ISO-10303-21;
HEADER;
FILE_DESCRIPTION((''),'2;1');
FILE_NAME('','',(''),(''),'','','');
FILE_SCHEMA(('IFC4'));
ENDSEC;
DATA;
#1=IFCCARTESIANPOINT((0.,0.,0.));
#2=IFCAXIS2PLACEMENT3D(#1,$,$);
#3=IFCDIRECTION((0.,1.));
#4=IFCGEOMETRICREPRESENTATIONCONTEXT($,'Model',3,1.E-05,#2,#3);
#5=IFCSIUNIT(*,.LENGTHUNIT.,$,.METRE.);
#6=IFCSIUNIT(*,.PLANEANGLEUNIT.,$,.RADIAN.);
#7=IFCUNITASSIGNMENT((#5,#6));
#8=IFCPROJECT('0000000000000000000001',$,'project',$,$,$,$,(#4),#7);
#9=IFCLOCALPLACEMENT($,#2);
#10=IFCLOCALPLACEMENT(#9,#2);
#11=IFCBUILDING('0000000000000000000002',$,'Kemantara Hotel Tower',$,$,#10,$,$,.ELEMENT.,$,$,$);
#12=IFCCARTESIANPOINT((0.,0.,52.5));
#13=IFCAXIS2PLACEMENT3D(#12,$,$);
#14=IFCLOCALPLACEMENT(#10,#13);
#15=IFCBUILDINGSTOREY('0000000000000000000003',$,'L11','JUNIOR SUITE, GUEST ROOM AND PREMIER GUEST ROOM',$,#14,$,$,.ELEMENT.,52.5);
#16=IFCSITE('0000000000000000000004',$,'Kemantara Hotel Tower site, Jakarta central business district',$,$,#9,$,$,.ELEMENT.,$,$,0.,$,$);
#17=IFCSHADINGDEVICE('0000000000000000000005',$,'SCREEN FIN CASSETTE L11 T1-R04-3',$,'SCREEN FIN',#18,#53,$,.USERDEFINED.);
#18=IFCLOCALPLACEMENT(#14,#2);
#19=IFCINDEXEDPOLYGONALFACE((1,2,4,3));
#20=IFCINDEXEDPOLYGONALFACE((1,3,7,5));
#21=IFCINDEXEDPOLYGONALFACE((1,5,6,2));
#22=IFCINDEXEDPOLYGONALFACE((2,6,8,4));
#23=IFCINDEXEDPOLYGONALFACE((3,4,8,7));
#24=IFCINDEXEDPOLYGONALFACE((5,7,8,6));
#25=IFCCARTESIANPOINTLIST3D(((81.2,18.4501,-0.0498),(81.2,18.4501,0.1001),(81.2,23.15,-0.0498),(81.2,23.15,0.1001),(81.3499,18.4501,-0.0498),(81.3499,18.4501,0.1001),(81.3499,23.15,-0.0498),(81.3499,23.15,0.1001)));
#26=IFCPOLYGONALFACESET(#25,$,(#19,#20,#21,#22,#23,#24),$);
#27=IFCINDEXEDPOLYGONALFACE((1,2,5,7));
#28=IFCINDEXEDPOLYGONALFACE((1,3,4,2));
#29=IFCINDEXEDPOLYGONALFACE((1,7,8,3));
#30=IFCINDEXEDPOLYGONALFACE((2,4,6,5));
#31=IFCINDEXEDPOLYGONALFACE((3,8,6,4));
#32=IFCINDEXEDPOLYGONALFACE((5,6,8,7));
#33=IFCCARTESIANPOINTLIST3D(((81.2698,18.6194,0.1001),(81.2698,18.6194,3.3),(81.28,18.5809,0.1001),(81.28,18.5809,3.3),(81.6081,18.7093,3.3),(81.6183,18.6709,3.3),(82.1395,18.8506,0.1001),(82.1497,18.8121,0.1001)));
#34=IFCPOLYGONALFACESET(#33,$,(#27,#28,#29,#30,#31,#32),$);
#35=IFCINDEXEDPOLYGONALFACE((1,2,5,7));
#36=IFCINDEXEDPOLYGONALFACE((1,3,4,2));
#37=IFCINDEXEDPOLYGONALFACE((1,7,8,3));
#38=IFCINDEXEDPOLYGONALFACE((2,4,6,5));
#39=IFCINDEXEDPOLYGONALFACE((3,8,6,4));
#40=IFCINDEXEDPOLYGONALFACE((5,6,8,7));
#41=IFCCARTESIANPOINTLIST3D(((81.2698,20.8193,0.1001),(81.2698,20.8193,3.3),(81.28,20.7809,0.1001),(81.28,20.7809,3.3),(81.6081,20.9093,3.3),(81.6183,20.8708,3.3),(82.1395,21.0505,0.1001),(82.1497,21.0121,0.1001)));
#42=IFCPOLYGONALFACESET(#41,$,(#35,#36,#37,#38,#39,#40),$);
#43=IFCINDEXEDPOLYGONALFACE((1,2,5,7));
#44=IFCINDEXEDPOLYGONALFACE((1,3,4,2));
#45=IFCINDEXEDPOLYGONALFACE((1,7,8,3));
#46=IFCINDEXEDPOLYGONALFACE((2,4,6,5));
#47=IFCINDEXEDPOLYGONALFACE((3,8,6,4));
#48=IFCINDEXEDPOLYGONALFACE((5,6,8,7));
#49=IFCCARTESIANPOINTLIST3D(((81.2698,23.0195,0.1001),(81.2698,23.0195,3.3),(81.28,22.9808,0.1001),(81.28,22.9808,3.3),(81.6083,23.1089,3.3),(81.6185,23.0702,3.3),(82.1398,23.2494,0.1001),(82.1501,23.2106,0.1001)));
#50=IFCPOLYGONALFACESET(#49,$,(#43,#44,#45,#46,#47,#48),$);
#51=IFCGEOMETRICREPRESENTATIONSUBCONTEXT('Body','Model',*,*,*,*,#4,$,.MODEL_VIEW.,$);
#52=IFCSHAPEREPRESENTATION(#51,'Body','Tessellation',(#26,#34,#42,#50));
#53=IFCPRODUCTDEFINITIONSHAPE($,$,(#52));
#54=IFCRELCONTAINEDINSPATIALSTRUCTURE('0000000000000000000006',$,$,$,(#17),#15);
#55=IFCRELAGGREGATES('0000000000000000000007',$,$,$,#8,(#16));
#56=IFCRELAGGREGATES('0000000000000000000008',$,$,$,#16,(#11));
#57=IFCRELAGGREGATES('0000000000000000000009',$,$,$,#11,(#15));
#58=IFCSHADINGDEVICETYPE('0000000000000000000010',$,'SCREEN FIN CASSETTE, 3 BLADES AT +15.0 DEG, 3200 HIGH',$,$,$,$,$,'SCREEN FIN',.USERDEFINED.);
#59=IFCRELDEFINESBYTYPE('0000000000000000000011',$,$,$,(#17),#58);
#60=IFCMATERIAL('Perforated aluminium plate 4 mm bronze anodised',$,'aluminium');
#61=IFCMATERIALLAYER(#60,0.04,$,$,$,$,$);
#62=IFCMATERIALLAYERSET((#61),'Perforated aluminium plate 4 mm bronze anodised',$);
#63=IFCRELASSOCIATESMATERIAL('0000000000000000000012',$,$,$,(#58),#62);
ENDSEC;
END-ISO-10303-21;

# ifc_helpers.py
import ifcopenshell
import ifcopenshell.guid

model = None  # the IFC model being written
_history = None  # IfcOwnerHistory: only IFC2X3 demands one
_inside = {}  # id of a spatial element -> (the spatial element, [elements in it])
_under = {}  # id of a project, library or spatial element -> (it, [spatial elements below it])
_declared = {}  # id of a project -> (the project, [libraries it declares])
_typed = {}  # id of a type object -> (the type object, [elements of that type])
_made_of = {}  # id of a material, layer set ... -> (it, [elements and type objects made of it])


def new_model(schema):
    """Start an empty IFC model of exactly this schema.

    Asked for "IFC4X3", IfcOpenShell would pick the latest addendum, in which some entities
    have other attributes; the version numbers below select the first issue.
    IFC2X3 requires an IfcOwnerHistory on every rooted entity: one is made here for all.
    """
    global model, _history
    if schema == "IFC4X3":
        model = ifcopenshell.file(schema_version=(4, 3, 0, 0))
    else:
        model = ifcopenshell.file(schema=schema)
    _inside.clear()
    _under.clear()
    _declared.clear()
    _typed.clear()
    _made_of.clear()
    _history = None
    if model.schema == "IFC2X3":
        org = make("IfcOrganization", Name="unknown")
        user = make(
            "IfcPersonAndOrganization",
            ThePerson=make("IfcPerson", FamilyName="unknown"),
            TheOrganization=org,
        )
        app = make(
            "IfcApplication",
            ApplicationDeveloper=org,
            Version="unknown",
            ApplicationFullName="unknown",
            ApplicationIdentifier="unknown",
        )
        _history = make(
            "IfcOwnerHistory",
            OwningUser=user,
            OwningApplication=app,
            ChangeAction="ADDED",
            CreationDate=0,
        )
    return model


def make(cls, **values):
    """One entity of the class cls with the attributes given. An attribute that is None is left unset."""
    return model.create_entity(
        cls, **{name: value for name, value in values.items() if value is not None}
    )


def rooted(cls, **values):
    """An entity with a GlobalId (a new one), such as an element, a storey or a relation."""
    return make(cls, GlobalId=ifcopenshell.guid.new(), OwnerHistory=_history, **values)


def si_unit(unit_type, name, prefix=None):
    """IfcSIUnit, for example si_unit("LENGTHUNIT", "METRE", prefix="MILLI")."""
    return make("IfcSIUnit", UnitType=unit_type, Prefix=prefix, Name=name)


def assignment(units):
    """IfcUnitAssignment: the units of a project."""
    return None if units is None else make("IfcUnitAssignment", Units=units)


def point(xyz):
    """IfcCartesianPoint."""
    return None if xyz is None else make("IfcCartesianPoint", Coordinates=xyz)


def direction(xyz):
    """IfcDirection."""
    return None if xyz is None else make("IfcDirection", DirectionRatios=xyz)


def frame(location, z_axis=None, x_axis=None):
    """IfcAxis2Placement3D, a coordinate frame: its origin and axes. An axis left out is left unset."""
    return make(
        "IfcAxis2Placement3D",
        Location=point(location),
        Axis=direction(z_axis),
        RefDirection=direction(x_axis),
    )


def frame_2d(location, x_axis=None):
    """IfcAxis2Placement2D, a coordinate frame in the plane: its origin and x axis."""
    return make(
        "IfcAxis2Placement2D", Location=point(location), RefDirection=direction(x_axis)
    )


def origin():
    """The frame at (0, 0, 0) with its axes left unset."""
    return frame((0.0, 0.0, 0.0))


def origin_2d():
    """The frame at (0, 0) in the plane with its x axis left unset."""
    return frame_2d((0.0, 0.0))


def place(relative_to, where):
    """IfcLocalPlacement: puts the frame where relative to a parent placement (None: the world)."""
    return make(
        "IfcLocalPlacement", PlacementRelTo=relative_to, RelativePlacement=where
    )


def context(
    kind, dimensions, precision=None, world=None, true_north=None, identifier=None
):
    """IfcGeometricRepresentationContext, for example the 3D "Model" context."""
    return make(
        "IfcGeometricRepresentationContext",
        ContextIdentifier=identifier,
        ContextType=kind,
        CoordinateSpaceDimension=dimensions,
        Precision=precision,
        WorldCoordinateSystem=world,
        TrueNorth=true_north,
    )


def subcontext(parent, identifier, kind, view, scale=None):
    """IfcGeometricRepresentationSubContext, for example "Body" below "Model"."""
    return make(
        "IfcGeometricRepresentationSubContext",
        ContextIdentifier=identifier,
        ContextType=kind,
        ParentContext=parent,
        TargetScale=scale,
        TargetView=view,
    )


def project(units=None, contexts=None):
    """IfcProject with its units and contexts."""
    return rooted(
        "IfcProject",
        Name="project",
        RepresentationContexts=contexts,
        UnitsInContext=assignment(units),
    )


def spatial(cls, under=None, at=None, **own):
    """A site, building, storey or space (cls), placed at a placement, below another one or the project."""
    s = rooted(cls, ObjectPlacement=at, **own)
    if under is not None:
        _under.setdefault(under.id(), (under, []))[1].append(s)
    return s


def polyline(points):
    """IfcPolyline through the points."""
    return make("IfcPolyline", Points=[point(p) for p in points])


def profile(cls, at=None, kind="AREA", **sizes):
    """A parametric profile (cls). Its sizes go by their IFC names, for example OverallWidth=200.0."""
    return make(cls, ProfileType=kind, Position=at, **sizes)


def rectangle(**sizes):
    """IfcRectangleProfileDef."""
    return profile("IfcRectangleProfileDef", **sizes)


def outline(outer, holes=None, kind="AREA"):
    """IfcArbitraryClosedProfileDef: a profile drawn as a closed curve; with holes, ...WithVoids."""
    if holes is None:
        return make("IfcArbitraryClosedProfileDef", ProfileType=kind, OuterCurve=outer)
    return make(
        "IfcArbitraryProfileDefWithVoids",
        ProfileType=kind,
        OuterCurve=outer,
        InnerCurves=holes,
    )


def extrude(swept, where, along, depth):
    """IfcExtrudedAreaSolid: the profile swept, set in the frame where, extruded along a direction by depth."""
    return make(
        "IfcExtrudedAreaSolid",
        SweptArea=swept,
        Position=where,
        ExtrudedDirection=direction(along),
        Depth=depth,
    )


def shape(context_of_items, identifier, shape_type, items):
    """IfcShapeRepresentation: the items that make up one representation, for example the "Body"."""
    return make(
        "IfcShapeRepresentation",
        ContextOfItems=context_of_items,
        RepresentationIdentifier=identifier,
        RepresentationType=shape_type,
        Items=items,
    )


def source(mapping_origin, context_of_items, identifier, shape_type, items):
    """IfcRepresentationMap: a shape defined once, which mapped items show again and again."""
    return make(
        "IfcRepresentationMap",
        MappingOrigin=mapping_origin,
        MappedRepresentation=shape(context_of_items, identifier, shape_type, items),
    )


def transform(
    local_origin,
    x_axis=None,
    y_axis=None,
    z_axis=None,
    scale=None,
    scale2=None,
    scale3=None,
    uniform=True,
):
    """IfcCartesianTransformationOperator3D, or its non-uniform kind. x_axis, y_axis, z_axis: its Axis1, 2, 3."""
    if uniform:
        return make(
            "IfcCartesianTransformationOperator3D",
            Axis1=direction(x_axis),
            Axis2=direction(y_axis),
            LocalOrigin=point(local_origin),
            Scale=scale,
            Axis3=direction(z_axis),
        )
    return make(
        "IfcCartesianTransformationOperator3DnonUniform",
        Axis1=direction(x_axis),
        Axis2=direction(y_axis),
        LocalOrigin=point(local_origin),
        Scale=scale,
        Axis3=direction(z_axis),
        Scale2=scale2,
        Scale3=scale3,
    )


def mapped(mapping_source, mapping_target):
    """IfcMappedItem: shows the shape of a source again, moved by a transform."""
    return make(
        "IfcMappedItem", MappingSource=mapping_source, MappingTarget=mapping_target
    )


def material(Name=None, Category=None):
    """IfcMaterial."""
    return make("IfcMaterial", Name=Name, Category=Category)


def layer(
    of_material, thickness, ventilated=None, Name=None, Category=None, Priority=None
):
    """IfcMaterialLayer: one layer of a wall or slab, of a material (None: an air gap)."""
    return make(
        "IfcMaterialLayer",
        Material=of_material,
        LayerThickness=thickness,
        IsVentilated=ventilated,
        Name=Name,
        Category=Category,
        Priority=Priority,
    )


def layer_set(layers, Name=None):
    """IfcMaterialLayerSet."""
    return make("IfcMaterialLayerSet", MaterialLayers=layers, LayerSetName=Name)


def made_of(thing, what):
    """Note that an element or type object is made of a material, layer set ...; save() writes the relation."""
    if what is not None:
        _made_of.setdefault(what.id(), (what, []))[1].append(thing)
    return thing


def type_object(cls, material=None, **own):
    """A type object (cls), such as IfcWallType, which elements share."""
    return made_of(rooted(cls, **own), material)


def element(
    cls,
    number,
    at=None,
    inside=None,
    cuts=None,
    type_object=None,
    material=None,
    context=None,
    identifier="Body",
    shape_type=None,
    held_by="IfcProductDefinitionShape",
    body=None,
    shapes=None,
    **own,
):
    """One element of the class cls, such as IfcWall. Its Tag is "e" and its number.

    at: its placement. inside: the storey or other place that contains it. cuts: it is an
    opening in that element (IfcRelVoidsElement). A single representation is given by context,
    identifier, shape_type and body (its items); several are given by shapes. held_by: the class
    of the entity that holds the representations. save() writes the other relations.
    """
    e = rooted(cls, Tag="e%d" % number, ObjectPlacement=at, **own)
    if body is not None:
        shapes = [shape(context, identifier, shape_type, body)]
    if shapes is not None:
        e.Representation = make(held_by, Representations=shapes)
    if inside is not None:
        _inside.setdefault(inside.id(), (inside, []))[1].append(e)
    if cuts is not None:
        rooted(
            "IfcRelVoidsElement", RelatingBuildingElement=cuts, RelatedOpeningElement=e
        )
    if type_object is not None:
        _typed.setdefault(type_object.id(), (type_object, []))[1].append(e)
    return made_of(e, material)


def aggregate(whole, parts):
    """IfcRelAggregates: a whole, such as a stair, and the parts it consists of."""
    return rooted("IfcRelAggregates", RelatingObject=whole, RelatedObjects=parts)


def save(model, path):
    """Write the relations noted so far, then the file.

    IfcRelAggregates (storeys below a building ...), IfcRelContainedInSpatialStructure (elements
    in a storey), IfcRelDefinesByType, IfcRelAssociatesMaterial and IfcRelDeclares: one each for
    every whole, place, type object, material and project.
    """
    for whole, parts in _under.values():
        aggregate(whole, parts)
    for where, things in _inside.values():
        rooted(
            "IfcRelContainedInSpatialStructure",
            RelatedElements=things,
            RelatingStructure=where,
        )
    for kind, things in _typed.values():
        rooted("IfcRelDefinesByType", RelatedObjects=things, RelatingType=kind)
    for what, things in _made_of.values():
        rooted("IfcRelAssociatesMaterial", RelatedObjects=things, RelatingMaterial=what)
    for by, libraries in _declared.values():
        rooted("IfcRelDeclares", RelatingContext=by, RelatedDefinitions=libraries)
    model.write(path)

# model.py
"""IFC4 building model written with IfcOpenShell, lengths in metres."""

from ifc_helpers import new_model, si_unit, direction, frame, origin, origin_2d, place, context, subcontext, project, spatial, polyline, rectangle, outline, extrude, source, transform, mapped, material, layer, layer_set, type_object, element, save


model = new_model("IFC4")

# Units and contexts
model_context = context("Model", 3, precision=1e-05, world=origin(), true_north=direction((0.0, 1.0)))
body_context = subcontext(model_context, "Body", "Model", "MODEL_VIEW")
ifc_project = project(units=[si_unit("LENGTHUNIT", "METRE"), si_unit("PLANEANGLEUNIT", "RADIAN")], contexts=[model_context])

# Site, building, storey
site_placement = place(None, origin())
site = spatial("IfcSite", under=ifc_project, at=site_placement, Name="Kemantara Hotel Tower site, Jakarta central business district", CompositionType="ELEMENT", RefElevation=0.0)
building_placement = place(site_placement, origin())
building = spatial("IfcBuilding", under=site, at=building_placement, Name="Kemantara Hotel Tower", CompositionType="ELEMENT")
storey_placement = place(building_placement, frame((0.0, 0.0, 52.5)))
storey = spatial("IfcBuildingStorey", under=building, at=storey_placement, Name="L11", Description="JUNIOR SUITE, GUEST ROOM AND PREMIER GUEST ROOM", CompositionType="ELEMENT", Elevation=52.5)

# Shading device
ifc_material_1 = material(Name="Perforated aluminium plate 4 mm bronze anodised", Category="aluminium")
ifc_layer_1 = layer(ifc_material_1, 0.04)
ifc_layer_set_1 = layer_set([ifc_layer_1], Name="Perforated aluminium plate 4 mm bronze anodised")
shading_device_type = type_object("IfcShadingDeviceType", Name="SCREEN FIN CASSETTE, 3 BLADES AT +15.0 DEG, 3200 HIGH", ElementType="SCREEN FIN", PredefinedType="USERDEFINED", material=ifc_layer_set_1)
shared_shape_1 = source(origin(), body_context, "Body", "SweptSolid", [
    extrude(rectangle(XDim=4.7, YDim=0.1499, at=origin_2d()), frame((2.2, -0.075, -0.1499), z_axis=(0.0, 0.0, 1.0), x_axis=(1.0, 0.0, 0.0)), (0.0, 0.0, 1.0), 0.1499),
    extrude(outline(polyline([(0.0, 0.0), (0.8999, 0.0), (0.3501, 3.2), (0.0, 3.2), (0.0, 0.0)])), frame((0.0193, -0.0698, 0.0), z_axis=(-0.966438, -0.256901, 0.0), x_axis=(0.256901, -0.966438, 0.0)), (0.0, 0.0, 1.0), 0.0398),
    extrude(outline(polyline([(0.0, 0.0), (0.8999, 0.0), (0.3501, 3.2), (0.0, 3.2), (0.0, 0.0)])), frame((2.2192, -0.0698, 0.0), z_axis=(-0.966438, -0.256901, 0.0), x_axis=(0.256901, -0.966438, 0.0)), (0.0, 0.0, 1.0), 0.0398),
    extrude(outline(polyline([(0.0, 0.0), (0.8999, 0.0), (0.3501, 3.2), (0.0, 3.2), (0.0, 0.0)])), frame((4.4194, -0.0698, 0.0), z_axis=(-0.966838, -0.255391, 0.0), x_axis=(0.255391, -0.966838, 0.0)), (0.0, 0.0, 1.0), 0.04),
])
shading_device_placement = place(storey_placement, frame((81.2, 18.6001, 0.1001), z_axis=(0.0, 0.0, 1.0), x_axis=(0.0, 1.0, 0.0)))
element("IfcShadingDevice", 1, at=shading_device_placement, inside=storey, type_object=shading_device_type, Name="SCREEN FIN CASSETTE L11 T1-R04-3", ObjectType="SCREEN FIN", PredefinedType="USERDEFINED", context=body_context, shape_type="MappedRepresentation", body=[
    mapped(shared_shape_1, transform((0.0, 0.0, 0.0))),
])

save(model, "model.ifc")
